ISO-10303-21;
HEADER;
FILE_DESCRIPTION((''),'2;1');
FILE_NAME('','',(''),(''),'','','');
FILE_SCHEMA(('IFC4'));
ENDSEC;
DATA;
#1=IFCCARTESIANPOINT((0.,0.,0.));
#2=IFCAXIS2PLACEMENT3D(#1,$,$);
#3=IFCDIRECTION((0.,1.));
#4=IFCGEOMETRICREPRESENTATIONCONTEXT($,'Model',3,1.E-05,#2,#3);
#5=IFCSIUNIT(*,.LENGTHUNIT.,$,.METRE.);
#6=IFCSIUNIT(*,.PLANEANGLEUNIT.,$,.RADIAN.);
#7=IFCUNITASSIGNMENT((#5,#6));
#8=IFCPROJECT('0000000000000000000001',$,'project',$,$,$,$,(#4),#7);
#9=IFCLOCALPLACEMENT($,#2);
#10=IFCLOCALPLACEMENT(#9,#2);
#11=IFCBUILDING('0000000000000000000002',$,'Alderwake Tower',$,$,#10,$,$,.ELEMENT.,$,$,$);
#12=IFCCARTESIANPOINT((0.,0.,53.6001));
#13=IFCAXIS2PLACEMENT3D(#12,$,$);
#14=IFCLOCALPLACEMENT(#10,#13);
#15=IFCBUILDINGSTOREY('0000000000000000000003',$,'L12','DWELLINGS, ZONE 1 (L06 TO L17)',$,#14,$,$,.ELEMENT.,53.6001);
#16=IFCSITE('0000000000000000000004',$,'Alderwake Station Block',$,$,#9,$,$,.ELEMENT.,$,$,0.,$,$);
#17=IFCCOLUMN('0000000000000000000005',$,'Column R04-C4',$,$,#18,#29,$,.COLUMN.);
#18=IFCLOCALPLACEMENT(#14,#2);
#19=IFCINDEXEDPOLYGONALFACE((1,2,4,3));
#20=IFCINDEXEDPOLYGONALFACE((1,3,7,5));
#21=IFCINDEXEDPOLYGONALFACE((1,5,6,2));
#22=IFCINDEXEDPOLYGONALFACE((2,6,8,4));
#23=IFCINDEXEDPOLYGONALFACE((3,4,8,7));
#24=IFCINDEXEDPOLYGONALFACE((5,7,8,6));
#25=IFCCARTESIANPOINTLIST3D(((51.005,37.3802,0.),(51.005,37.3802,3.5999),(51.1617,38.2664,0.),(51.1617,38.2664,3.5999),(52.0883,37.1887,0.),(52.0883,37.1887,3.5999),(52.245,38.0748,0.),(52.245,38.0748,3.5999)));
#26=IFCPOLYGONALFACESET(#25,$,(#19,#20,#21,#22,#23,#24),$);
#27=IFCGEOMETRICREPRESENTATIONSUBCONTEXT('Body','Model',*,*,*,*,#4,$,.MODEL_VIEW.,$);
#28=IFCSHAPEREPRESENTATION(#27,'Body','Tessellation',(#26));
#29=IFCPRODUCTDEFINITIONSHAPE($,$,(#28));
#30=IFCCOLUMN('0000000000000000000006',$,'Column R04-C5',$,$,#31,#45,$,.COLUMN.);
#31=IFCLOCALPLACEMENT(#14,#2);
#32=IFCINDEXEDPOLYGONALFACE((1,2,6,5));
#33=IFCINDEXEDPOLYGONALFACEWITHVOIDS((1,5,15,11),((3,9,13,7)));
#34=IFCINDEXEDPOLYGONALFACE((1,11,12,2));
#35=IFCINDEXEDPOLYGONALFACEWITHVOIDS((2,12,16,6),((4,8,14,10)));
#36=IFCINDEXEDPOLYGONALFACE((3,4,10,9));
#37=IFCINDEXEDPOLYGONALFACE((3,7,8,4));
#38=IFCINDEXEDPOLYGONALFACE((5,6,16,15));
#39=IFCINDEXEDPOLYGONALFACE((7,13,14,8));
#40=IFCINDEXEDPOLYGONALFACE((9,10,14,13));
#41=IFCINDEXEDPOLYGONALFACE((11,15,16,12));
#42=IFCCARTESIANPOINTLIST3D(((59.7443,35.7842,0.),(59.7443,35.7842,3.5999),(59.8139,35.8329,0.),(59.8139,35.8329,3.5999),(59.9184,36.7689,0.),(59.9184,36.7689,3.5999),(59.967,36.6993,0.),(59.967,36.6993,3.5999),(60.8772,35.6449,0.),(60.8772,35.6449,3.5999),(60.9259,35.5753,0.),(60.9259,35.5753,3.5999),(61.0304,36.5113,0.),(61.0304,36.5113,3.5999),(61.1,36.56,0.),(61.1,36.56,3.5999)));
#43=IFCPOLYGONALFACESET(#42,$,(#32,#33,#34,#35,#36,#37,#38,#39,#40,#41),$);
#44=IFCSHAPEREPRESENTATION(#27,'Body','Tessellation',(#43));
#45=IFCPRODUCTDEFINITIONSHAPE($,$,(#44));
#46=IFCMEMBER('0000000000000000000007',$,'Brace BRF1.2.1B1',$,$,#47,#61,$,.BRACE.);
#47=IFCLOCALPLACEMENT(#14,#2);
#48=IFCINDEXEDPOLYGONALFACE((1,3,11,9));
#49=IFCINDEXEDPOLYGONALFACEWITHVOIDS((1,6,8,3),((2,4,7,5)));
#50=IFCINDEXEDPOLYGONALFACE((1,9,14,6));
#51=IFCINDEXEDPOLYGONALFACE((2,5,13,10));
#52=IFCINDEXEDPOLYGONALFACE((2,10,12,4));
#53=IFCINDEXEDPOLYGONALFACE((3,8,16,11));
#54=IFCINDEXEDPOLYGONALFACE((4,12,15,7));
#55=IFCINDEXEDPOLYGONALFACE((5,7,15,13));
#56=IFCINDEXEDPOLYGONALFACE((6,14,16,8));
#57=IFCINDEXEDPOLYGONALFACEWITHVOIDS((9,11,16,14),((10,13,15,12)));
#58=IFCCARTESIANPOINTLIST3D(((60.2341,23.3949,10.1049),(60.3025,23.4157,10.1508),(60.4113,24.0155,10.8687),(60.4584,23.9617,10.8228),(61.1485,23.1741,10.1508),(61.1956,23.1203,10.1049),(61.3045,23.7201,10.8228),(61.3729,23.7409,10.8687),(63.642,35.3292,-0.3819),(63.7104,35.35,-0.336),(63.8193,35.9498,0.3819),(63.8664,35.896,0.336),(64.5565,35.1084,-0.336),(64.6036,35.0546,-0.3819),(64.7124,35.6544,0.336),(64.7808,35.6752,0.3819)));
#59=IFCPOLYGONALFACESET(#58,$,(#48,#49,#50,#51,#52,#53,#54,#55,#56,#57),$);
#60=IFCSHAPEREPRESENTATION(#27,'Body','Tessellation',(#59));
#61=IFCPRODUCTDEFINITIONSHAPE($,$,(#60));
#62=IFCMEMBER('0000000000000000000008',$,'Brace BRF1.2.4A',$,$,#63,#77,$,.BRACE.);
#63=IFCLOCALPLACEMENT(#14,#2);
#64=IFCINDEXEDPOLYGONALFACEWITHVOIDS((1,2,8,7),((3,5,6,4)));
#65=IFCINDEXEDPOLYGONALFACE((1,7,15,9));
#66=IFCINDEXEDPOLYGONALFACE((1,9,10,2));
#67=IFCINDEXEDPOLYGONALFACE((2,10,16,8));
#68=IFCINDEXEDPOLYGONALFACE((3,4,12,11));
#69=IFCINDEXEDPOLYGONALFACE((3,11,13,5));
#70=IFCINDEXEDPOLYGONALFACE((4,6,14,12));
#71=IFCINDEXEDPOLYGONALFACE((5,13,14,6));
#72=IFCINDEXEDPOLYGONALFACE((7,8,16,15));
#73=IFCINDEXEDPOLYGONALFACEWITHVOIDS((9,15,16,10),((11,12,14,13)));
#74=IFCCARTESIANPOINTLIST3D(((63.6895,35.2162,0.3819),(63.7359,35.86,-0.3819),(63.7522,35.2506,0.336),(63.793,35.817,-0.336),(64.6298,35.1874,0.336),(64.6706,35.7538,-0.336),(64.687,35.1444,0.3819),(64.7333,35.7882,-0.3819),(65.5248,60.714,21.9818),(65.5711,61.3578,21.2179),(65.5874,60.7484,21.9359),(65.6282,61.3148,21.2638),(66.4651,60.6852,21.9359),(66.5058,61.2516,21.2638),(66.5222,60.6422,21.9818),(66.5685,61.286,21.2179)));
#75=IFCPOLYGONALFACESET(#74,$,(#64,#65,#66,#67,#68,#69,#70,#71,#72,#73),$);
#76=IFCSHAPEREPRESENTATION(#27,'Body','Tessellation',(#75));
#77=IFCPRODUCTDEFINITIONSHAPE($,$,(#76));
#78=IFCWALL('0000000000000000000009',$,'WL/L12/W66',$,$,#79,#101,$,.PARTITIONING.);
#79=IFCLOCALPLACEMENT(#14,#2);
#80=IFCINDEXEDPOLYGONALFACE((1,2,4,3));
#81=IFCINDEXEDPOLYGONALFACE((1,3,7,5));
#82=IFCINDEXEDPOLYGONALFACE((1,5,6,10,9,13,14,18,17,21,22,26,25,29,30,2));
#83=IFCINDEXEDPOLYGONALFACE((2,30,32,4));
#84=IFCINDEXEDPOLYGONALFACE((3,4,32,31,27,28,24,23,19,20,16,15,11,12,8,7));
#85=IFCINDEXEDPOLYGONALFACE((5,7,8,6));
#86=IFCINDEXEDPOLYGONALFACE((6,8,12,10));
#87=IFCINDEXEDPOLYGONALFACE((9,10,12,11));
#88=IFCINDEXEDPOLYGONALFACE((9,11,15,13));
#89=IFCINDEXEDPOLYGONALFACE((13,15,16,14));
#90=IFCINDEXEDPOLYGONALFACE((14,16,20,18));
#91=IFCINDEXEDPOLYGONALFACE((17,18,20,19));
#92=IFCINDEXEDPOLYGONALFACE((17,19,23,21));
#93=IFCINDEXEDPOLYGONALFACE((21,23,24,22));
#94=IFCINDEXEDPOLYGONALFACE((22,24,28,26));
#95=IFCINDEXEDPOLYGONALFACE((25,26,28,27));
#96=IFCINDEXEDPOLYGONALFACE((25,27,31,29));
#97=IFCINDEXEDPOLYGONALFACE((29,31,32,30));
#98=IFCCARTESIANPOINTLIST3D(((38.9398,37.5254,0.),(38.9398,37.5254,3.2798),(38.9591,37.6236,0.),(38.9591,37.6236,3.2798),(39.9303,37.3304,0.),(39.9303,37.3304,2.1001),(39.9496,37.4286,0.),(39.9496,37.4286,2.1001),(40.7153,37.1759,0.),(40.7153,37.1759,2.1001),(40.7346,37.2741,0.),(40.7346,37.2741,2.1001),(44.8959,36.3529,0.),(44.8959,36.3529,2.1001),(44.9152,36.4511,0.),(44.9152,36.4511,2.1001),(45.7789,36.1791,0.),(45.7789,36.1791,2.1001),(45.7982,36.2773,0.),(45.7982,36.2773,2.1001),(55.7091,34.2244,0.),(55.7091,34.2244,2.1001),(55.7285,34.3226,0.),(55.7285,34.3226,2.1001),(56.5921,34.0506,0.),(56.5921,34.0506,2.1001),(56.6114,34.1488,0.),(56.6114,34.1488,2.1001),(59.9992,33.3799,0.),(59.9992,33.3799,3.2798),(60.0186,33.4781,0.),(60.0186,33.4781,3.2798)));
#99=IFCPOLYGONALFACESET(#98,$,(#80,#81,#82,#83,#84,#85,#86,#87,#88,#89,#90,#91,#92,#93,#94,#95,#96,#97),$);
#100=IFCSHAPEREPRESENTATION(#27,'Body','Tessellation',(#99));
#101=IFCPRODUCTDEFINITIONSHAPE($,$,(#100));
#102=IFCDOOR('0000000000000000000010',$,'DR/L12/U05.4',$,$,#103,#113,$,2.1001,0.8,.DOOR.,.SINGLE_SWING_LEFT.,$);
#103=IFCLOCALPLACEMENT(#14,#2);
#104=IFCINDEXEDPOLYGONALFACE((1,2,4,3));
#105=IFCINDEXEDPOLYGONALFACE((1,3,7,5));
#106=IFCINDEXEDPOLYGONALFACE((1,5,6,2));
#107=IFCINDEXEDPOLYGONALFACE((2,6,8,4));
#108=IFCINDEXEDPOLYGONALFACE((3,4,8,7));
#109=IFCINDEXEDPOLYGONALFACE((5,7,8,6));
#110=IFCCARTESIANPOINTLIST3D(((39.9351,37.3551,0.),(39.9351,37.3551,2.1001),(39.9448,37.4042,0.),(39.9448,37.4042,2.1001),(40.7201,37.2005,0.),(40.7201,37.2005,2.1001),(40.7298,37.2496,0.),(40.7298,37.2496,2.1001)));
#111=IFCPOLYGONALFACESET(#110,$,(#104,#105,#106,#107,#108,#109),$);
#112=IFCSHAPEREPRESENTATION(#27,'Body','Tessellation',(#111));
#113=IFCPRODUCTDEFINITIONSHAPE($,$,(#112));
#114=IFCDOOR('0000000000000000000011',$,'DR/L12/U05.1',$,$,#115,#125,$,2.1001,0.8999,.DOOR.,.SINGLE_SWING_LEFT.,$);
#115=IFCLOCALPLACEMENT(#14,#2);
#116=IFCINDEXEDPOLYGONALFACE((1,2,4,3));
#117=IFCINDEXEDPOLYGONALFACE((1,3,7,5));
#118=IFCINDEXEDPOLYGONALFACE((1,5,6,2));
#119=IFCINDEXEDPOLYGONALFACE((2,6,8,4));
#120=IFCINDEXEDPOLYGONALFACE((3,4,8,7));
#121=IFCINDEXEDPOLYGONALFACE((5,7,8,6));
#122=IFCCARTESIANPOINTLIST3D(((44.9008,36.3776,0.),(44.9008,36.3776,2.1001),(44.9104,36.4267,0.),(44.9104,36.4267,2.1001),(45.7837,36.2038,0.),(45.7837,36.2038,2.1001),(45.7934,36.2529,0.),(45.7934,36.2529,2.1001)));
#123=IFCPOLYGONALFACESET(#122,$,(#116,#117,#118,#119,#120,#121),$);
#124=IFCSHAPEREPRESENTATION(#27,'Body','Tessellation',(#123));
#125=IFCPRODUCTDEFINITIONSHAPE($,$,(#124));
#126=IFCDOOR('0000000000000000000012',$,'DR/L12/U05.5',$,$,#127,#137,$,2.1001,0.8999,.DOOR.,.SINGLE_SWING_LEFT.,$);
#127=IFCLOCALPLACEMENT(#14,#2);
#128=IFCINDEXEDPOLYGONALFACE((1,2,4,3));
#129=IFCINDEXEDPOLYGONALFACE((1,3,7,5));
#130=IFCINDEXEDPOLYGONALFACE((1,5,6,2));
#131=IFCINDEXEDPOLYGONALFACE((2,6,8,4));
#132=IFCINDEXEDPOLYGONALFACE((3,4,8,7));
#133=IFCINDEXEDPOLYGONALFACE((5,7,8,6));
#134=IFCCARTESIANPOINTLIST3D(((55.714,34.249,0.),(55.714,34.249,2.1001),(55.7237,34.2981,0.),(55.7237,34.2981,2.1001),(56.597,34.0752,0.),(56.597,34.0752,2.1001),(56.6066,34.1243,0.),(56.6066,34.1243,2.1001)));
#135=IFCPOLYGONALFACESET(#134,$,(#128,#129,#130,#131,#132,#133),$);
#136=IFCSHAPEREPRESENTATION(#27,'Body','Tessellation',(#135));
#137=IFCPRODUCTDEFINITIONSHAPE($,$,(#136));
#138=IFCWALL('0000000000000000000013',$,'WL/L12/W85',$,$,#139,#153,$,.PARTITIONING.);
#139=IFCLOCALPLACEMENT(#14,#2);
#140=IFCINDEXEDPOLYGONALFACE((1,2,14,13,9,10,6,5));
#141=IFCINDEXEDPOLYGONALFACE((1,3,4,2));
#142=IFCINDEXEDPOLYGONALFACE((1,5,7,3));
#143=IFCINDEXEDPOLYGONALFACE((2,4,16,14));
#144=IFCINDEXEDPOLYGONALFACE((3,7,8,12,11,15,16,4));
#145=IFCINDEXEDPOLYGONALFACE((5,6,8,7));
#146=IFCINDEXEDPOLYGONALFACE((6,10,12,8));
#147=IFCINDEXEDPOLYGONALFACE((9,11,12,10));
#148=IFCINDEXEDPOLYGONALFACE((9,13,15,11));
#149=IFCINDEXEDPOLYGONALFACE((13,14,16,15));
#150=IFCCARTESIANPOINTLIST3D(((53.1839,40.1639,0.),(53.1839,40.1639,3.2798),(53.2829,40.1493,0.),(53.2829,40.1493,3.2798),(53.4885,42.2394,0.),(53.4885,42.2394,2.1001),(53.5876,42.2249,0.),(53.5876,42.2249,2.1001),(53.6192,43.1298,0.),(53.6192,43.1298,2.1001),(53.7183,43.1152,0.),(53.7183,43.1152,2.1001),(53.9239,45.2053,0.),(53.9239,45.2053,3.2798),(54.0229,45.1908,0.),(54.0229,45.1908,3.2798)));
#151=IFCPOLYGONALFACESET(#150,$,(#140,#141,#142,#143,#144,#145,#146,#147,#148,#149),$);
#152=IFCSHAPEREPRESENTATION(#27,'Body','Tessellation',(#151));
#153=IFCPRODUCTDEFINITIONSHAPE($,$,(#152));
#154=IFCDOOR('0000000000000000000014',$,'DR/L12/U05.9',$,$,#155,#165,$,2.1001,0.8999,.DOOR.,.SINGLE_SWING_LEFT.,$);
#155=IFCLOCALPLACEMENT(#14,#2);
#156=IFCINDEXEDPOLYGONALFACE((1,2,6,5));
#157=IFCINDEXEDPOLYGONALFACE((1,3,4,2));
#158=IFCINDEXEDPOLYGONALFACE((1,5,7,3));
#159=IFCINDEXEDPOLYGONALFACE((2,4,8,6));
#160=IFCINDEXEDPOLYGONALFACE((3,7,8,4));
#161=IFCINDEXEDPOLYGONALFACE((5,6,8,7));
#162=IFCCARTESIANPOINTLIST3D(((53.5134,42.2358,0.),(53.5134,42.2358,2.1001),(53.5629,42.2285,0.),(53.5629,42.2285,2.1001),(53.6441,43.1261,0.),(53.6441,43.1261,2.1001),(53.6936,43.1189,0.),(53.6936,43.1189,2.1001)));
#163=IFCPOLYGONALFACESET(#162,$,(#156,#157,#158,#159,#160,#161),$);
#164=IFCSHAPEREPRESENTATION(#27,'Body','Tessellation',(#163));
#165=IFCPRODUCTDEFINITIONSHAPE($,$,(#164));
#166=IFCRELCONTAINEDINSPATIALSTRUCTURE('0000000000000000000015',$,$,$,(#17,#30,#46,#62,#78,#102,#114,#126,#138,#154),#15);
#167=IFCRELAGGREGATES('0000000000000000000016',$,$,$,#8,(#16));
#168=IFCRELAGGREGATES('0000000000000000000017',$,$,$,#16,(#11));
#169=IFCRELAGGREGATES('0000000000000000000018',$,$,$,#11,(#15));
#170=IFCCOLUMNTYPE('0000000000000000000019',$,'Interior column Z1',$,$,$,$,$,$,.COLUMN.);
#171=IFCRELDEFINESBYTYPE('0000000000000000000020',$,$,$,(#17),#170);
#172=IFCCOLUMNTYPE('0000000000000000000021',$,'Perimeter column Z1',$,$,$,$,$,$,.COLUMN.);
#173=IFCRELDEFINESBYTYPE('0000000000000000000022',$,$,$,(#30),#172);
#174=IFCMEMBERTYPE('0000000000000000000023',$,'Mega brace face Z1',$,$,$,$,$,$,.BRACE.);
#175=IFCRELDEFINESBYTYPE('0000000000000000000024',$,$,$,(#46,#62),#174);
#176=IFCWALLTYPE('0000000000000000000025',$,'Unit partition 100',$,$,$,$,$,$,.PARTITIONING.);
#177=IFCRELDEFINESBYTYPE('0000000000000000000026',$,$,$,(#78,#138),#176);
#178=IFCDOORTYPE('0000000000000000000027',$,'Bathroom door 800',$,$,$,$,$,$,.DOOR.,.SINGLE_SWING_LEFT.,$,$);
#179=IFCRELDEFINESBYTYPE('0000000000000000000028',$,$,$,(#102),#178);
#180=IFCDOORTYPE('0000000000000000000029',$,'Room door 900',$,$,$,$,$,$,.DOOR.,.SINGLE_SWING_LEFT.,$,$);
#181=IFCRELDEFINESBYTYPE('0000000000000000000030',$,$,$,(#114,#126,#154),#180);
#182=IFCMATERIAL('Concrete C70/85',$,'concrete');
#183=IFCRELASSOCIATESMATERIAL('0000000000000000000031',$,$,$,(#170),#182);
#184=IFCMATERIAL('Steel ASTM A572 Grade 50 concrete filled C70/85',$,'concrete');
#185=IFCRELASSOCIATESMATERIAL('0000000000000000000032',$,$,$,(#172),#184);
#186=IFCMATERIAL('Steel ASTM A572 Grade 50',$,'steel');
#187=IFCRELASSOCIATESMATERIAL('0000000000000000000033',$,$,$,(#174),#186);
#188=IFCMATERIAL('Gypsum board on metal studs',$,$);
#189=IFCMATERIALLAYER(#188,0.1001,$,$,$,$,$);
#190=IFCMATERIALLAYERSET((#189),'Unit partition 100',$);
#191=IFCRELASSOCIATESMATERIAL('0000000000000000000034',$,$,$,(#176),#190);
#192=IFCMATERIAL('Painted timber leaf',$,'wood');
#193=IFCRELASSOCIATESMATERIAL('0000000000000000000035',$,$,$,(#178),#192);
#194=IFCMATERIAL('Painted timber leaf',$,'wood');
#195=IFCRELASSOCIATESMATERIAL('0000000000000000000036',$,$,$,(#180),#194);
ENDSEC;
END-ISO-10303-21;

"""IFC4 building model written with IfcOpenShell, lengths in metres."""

from ifc_helpers import new_model, si_unit, direction, frame, frame_2d, origin, origin_2d, place, context, subcontext, project, spatial, rectangle, hollow_rectangle, extrude, material, layer, layer_set, material_profile, profile_set, type_object, element, fill, save


model = new_model("IFC4")

# Units and contexts
model_context = context("Model", 3, precision=1e-05, world=origin(), true_north=direction((0.0, 1.0)))
body_context = subcontext(model_context, "Body", "Model", "MODEL_VIEW")
ifc_project = project(units=[si_unit("LENGTHUNIT", "METRE"), si_unit("PLANEANGLEUNIT", "RADIAN")], contexts=[model_context])

# Site, building, storey
site_placement = place(None, origin())
site = spatial("IfcSite", under=ifc_project, at=site_placement, Name="Alderwake Station Block", CompositionType="ELEMENT", RefElevation=0.0)
building_placement = place(site_placement, origin())
building = spatial("IfcBuilding", under=site, at=building_placement, Name="Alderwake Tower", CompositionType="ELEMENT")
storey_placement = place(building_placement, frame((0.0, 0.0, 53.6001)))
storey = spatial("IfcBuildingStorey", under=building, at=storey_placement, Name="L12", Description="DWELLINGS, ZONE 1 (L06 TO L17)", CompositionType="ELEMENT", Elevation=53.6001)

# Columns
ifc_material_1 = material(Name="Concrete C70/85", Category="concrete")
ifc_material_profile_1 = material_profile(ifc_material_1, rectangle(XDim=0.8999, YDim=1.1001, at=origin_2d()), Name="RC 1100X900")
ifc_profile_set_1 = profile_set([ifc_material_profile_1], Name="Concrete C70/85")
column_type_1 = type_object("IfcColumnType", Name="Interior column Z1", PredefinedType="COLUMN", material=ifc_profile_set_1)
column_1_placement = place(storey_placement, frame((51.625, 37.7275, 0.0), z_axis=(0.0, 0.0, 1.0), x_axis=(0.174109, 0.984726, 0.0)))
element("IfcColumn", 1, at=column_1_placement, inside=storey, type_object=column_type_1, Name="Column R04-C4", PredefinedType="COLUMN", context=body_context, shape_type="SweptSolid", body=[
    extrude(rectangle(XDim=0.8999, YDim=1.1001, at=origin_2d()), origin(), (0.0, 0.0, 1.0), 3.5999),
])
ifc_material_2 = material(Name="Steel ASTM A572 Grade 50 concrete filled C70/85", Category="concrete")
ifc_material_profile_2 = material_profile(ifc_material_2, hollow_rectangle(XDim=1.0, YDim=1.2, WallThickness=0.0601, at=origin_2d()), Name="BOX 1200X1000X60")
ifc_profile_set_2 = profile_set([ifc_material_profile_2], Name="Steel ASTM A572 Grade 50 concrete filled C70/85")
column_type_2 = type_object("IfcColumnType", Name="Perimeter column Z1", PredefinedType="COLUMN", material=ifc_profile_set_2)
column_2_placement = place(storey_placement, frame((60.4221, 36.1721, 0.0), z_axis=(0.0, 0.0, 1.0), x_axis=(0.174109, 0.984726, 0.0)))
element("IfcColumn", 2, at=column_2_placement, inside=storey, type_object=column_type_2, Name="Column R04-C5", PredefinedType="COLUMN", context=body_context, shape_type="SweptSolid", body=[
    extrude(hollow_rectangle(XDim=1.0, YDim=1.2, WallThickness=0.0601, at=origin_2d()), origin(), (0.0, 0.0, 1.0), 3.5999),
])

# Members
ifc_material_3 = material(Name="Steel ASTM A572 Grade 50", Category="steel")
ifc_material_profile_3 = material_profile(ifc_material_3, hollow_rectangle(XDim=1.0, YDim=1.0, WallThickness=0.0601, at=origin_2d()), Name="BOX 1000X1000X60")
ifc_profile_set_3 = profile_set([ifc_material_profile_3], Name="Steel ASTM A572 Grade 50")
member_type = type_object("IfcMemberType", Name="Mega brace face Z1", PredefinedType="BRACE", material=ifc_profile_set_3)
member_1_placement = place(storey_placement, frame((64.2114, 35.5022, 0.0), z_axis=(-0.209739, -0.734485, 0.6454), x_axis=(0.961563, -0.274583, 0.0)))
element("IfcMember", 3, at=member_1_placement, inside=storey, type_object=member_type, Name="Brace BRF1.2.1B1", PredefinedType="BRACE", context=body_context, shape_type="SweptSolid", body=[
    extrude(hollow_rectangle(XDim=1.0, YDim=1.0, WallThickness=0.0601, at=origin_2d()), origin(), (0.0, 0.0, 1.0), 16.2485),
])
member_2_placement = place(storey_placement, frame((64.2114, 35.5022, 0.0), z_axis=(0.054836, 0.761872, 0.645402), x_axis=(-0.99742, 0.071789, 0.0)))
element("IfcMember", 4, at=member_2_placement, inside=storey, type_object=member_type, Name="Brace BRF1.2.4A", PredefinedType="BRACE", context=body_context, shape_type="SweptSolid", body=[
    extrude(hollow_rectangle(XDim=1.0, YDim=1.0, WallThickness=0.0601, at=origin_2d()), origin(), (0.0, 0.0, 1.0), 33.4673),
])

# Wall, openings, doors
ifc_material_4 = material(Name="Gypsum board on metal studs")
ifc_layer_1 = layer(ifc_material_4, 0.1001)
ifc_layer_set_1 = layer_set([ifc_layer_1], Name="Unit partition 100")
wall_type_1 = type_object("IfcWallType", Name="Unit partition 100", PredefinedType="PARTITIONING", material=ifc_layer_set_1)
wall_1_placement = place(storey_placement, frame((60.009, 33.429, 0.0), z_axis=(0.0, 0.0, 1.0), x_axis=(-0.981171, 0.19314, 0.0)))
wall_1 = element("IfcWall", 5, at=wall_1_placement, inside=storey, type_object=wall_type_1, Name="WL/L12/W66", PredefinedType="PARTITIONING", context=body_context, shape_type="SweptSolid", body=[
    extrude(rectangle(XDim=21.4636, YDim=0.1001, at=frame_2d((10.7319, 0.0))), origin(), (0.0, 0.0, 1.0), 3.2798),
])
opening_1_placement = place(wall_1_placement, frame((14.4934, 0.0, 0.0)))
opening_1 = element("IfcOpeningElement", 6, at=opening_1_placement, cuts=wall_1, PredefinedType="OPENING", context=body_context, shape_type="SweptSolid", body=[
    extrude(rectangle(XDim=0.8999, YDim=2.1001, at=frame_2d((0.45, 1.05))), frame((0.0, 0.0601, 0.0), z_axis=(0.0, -1.0, 0.0), x_axis=(1.0, 0.0, 0.0)), (0.0, 0.0, 1.0), 0.1201),
])
opening_2_placement = place(wall_1_placement, frame((19.6543, 0.0, 0.0)))
opening_2 = element("IfcOpeningElement", 7, at=opening_2_placement, cuts=wall_1, PredefinedType="OPENING", context=body_context, shape_type="SweptSolid", body=[
    extrude(rectangle(XDim=0.8, YDim=2.1001, at=frame_2d((0.3999, 1.05))), frame((0.0, 0.0601, 0.0), z_axis=(0.0, -1.0, 0.0), x_axis=(1.0, 0.0, 0.0)), (0.0, 0.0, 1.0), 0.1201),
])
opening_3_placement = place(wall_1_placement, frame((3.4727, 0.0, 0.0)))
opening_3 = element("IfcOpeningElement", 8, at=opening_3_placement, cuts=wall_1, PredefinedType="OPENING", context=body_context, shape_type="SweptSolid", body=[
    extrude(rectangle(XDim=0.8999, YDim=2.1001, at=frame_2d((0.45, 1.05))), frame((0.0, 0.0601, 0.0), z_axis=(0.0, -1.0, 0.0), x_axis=(1.0, 0.0, 0.0)), (0.0, 0.0, 1.0), 0.1201),
])
ifc_material_5 = material(Name="Painted timber leaf", Category="wood")
door_type_1 = type_object("IfcDoorType", Name="Bathroom door 800", OperationType="SINGLE_SWING_LEFT", PredefinedType="DOOR", material=ifc_material_5)
door_1_placement = place(opening_2_placement, origin())
door_1 = element("IfcDoor", 9, at=door_1_placement, inside=storey, type_object=door_type_1, Name="DR/L12/U05.4", OperationType="SINGLE_SWING_LEFT", OverallHeight=2.1001, OverallWidth=0.8, PredefinedType="DOOR", context=body_context, shape_type="SweptSolid", body=[
    extrude(rectangle(XDim=0.8, YDim=2.1001, at=frame_2d((0.3999, 1.05))), frame((0.0, 0.0249, 0.0), z_axis=(0.0, -1.0, 0.0), x_axis=(1.0, 0.0, 0.0)), (0.0, 0.0, 1.0), 0.05),
])
fill(opening_2, door_1)
ifc_material_6 = material(Name="Painted timber leaf", Category="wood")
door_type_2 = type_object("IfcDoorType", Name="Room door 900", OperationType="SINGLE_SWING_LEFT", PredefinedType="DOOR", material=ifc_material_6)
door_2_placement = place(opening_1_placement, origin())
door_2 = element("IfcDoor", 10, at=door_2_placement, inside=storey, type_object=door_type_2, Name="DR/L12/U05.1", OperationType="SINGLE_SWING_LEFT", OverallHeight=2.1001, OverallWidth=0.8999, PredefinedType="DOOR", context=body_context, shape_type="SweptSolid", body=[
    extrude(rectangle(XDim=0.8999, YDim=2.1001, at=frame_2d((0.45, 1.05))), frame((0.0, 0.0249, 0.0), z_axis=(0.0, -1.0, 0.0), x_axis=(1.0, 0.0, 0.0)), (0.0, 0.0, 1.0), 0.05),
])
fill(opening_1, door_2)
door_3_placement = place(opening_3_placement, origin())
door_3 = element("IfcDoor", 11, at=door_3_placement, inside=storey, type_object=door_type_2, Name="DR/L12/U05.5", OperationType="SINGLE_SWING_LEFT", OverallHeight=2.1001, OverallWidth=0.8999, PredefinedType="DOOR", context=body_context, shape_type="SweptSolid", body=[
    extrude(rectangle(XDim=0.8999, YDim=2.1001, at=frame_2d((0.45, 1.05))), frame((0.0, 0.0249, 0.0), z_axis=(0.0, -1.0, 0.0), x_axis=(1.0, 0.0, 0.0)), (0.0, 0.0, 1.0), 0.05),
])
fill(opening_3, door_3)

# Wall, opening, door
wall_2_placement = place(storey_placement, frame((53.2334, 40.1565, 0.0), z_axis=(0.0, 0.0, 1.0), x_axis=(0.145224, 0.989399, 0.0)))
wall_2 = element("IfcWall", 12, at=wall_2_placement, inside=storey, type_object=wall_type_1, Name="WL/L12/W85", PredefinedType="PARTITIONING", context=body_context, shape_type="SweptSolid", body=[
    extrude(rectangle(XDim=5.0955, YDim=0.1001, at=frame_2d((2.5479, 0.0))), origin(), (0.0, 0.0, 1.0), 3.2798),
])
opening_4_placement = place(wall_2_placement, frame((2.0979, 0.0, 0.0)))
opening_4 = element("IfcOpeningElement", 13, at=opening_4_placement, cuts=wall_2, PredefinedType="OPENING", context=body_context, shape_type="SweptSolid", body=[
    extrude(rectangle(XDim=0.8999, YDim=2.1001, at=frame_2d((0.45, 1.05))), frame((0.0, 0.0601, 0.0), z_axis=(0.0, -1.0, 0.0), x_axis=(1.0, 0.0, 0.0)), (0.0, 0.0, 1.0), 0.1201),
])
door_4_placement = place(opening_4_placement, origin())
door_4 = element("IfcDoor", 14, at=door_4_placement, inside=storey, type_object=door_type_2, Name="DR/L12/U05.9", OperationType="SINGLE_SWING_LEFT", OverallHeight=2.1001, OverallWidth=0.8999, PredefinedType="DOOR", context=body_context, shape_type="SweptSolid", body=[
    extrude(rectangle(XDim=0.8999, YDim=2.1001, at=frame_2d((0.45, 1.05))), frame((0.0, 0.0249, 0.0), z_axis=(0.0, -1.0, 0.0), x_axis=(1.0, 0.0, 0.0)), (0.0, 0.0, 1.0), 0.05),
])
fill(opening_4, door_4)

save(model, "model.ifc")
